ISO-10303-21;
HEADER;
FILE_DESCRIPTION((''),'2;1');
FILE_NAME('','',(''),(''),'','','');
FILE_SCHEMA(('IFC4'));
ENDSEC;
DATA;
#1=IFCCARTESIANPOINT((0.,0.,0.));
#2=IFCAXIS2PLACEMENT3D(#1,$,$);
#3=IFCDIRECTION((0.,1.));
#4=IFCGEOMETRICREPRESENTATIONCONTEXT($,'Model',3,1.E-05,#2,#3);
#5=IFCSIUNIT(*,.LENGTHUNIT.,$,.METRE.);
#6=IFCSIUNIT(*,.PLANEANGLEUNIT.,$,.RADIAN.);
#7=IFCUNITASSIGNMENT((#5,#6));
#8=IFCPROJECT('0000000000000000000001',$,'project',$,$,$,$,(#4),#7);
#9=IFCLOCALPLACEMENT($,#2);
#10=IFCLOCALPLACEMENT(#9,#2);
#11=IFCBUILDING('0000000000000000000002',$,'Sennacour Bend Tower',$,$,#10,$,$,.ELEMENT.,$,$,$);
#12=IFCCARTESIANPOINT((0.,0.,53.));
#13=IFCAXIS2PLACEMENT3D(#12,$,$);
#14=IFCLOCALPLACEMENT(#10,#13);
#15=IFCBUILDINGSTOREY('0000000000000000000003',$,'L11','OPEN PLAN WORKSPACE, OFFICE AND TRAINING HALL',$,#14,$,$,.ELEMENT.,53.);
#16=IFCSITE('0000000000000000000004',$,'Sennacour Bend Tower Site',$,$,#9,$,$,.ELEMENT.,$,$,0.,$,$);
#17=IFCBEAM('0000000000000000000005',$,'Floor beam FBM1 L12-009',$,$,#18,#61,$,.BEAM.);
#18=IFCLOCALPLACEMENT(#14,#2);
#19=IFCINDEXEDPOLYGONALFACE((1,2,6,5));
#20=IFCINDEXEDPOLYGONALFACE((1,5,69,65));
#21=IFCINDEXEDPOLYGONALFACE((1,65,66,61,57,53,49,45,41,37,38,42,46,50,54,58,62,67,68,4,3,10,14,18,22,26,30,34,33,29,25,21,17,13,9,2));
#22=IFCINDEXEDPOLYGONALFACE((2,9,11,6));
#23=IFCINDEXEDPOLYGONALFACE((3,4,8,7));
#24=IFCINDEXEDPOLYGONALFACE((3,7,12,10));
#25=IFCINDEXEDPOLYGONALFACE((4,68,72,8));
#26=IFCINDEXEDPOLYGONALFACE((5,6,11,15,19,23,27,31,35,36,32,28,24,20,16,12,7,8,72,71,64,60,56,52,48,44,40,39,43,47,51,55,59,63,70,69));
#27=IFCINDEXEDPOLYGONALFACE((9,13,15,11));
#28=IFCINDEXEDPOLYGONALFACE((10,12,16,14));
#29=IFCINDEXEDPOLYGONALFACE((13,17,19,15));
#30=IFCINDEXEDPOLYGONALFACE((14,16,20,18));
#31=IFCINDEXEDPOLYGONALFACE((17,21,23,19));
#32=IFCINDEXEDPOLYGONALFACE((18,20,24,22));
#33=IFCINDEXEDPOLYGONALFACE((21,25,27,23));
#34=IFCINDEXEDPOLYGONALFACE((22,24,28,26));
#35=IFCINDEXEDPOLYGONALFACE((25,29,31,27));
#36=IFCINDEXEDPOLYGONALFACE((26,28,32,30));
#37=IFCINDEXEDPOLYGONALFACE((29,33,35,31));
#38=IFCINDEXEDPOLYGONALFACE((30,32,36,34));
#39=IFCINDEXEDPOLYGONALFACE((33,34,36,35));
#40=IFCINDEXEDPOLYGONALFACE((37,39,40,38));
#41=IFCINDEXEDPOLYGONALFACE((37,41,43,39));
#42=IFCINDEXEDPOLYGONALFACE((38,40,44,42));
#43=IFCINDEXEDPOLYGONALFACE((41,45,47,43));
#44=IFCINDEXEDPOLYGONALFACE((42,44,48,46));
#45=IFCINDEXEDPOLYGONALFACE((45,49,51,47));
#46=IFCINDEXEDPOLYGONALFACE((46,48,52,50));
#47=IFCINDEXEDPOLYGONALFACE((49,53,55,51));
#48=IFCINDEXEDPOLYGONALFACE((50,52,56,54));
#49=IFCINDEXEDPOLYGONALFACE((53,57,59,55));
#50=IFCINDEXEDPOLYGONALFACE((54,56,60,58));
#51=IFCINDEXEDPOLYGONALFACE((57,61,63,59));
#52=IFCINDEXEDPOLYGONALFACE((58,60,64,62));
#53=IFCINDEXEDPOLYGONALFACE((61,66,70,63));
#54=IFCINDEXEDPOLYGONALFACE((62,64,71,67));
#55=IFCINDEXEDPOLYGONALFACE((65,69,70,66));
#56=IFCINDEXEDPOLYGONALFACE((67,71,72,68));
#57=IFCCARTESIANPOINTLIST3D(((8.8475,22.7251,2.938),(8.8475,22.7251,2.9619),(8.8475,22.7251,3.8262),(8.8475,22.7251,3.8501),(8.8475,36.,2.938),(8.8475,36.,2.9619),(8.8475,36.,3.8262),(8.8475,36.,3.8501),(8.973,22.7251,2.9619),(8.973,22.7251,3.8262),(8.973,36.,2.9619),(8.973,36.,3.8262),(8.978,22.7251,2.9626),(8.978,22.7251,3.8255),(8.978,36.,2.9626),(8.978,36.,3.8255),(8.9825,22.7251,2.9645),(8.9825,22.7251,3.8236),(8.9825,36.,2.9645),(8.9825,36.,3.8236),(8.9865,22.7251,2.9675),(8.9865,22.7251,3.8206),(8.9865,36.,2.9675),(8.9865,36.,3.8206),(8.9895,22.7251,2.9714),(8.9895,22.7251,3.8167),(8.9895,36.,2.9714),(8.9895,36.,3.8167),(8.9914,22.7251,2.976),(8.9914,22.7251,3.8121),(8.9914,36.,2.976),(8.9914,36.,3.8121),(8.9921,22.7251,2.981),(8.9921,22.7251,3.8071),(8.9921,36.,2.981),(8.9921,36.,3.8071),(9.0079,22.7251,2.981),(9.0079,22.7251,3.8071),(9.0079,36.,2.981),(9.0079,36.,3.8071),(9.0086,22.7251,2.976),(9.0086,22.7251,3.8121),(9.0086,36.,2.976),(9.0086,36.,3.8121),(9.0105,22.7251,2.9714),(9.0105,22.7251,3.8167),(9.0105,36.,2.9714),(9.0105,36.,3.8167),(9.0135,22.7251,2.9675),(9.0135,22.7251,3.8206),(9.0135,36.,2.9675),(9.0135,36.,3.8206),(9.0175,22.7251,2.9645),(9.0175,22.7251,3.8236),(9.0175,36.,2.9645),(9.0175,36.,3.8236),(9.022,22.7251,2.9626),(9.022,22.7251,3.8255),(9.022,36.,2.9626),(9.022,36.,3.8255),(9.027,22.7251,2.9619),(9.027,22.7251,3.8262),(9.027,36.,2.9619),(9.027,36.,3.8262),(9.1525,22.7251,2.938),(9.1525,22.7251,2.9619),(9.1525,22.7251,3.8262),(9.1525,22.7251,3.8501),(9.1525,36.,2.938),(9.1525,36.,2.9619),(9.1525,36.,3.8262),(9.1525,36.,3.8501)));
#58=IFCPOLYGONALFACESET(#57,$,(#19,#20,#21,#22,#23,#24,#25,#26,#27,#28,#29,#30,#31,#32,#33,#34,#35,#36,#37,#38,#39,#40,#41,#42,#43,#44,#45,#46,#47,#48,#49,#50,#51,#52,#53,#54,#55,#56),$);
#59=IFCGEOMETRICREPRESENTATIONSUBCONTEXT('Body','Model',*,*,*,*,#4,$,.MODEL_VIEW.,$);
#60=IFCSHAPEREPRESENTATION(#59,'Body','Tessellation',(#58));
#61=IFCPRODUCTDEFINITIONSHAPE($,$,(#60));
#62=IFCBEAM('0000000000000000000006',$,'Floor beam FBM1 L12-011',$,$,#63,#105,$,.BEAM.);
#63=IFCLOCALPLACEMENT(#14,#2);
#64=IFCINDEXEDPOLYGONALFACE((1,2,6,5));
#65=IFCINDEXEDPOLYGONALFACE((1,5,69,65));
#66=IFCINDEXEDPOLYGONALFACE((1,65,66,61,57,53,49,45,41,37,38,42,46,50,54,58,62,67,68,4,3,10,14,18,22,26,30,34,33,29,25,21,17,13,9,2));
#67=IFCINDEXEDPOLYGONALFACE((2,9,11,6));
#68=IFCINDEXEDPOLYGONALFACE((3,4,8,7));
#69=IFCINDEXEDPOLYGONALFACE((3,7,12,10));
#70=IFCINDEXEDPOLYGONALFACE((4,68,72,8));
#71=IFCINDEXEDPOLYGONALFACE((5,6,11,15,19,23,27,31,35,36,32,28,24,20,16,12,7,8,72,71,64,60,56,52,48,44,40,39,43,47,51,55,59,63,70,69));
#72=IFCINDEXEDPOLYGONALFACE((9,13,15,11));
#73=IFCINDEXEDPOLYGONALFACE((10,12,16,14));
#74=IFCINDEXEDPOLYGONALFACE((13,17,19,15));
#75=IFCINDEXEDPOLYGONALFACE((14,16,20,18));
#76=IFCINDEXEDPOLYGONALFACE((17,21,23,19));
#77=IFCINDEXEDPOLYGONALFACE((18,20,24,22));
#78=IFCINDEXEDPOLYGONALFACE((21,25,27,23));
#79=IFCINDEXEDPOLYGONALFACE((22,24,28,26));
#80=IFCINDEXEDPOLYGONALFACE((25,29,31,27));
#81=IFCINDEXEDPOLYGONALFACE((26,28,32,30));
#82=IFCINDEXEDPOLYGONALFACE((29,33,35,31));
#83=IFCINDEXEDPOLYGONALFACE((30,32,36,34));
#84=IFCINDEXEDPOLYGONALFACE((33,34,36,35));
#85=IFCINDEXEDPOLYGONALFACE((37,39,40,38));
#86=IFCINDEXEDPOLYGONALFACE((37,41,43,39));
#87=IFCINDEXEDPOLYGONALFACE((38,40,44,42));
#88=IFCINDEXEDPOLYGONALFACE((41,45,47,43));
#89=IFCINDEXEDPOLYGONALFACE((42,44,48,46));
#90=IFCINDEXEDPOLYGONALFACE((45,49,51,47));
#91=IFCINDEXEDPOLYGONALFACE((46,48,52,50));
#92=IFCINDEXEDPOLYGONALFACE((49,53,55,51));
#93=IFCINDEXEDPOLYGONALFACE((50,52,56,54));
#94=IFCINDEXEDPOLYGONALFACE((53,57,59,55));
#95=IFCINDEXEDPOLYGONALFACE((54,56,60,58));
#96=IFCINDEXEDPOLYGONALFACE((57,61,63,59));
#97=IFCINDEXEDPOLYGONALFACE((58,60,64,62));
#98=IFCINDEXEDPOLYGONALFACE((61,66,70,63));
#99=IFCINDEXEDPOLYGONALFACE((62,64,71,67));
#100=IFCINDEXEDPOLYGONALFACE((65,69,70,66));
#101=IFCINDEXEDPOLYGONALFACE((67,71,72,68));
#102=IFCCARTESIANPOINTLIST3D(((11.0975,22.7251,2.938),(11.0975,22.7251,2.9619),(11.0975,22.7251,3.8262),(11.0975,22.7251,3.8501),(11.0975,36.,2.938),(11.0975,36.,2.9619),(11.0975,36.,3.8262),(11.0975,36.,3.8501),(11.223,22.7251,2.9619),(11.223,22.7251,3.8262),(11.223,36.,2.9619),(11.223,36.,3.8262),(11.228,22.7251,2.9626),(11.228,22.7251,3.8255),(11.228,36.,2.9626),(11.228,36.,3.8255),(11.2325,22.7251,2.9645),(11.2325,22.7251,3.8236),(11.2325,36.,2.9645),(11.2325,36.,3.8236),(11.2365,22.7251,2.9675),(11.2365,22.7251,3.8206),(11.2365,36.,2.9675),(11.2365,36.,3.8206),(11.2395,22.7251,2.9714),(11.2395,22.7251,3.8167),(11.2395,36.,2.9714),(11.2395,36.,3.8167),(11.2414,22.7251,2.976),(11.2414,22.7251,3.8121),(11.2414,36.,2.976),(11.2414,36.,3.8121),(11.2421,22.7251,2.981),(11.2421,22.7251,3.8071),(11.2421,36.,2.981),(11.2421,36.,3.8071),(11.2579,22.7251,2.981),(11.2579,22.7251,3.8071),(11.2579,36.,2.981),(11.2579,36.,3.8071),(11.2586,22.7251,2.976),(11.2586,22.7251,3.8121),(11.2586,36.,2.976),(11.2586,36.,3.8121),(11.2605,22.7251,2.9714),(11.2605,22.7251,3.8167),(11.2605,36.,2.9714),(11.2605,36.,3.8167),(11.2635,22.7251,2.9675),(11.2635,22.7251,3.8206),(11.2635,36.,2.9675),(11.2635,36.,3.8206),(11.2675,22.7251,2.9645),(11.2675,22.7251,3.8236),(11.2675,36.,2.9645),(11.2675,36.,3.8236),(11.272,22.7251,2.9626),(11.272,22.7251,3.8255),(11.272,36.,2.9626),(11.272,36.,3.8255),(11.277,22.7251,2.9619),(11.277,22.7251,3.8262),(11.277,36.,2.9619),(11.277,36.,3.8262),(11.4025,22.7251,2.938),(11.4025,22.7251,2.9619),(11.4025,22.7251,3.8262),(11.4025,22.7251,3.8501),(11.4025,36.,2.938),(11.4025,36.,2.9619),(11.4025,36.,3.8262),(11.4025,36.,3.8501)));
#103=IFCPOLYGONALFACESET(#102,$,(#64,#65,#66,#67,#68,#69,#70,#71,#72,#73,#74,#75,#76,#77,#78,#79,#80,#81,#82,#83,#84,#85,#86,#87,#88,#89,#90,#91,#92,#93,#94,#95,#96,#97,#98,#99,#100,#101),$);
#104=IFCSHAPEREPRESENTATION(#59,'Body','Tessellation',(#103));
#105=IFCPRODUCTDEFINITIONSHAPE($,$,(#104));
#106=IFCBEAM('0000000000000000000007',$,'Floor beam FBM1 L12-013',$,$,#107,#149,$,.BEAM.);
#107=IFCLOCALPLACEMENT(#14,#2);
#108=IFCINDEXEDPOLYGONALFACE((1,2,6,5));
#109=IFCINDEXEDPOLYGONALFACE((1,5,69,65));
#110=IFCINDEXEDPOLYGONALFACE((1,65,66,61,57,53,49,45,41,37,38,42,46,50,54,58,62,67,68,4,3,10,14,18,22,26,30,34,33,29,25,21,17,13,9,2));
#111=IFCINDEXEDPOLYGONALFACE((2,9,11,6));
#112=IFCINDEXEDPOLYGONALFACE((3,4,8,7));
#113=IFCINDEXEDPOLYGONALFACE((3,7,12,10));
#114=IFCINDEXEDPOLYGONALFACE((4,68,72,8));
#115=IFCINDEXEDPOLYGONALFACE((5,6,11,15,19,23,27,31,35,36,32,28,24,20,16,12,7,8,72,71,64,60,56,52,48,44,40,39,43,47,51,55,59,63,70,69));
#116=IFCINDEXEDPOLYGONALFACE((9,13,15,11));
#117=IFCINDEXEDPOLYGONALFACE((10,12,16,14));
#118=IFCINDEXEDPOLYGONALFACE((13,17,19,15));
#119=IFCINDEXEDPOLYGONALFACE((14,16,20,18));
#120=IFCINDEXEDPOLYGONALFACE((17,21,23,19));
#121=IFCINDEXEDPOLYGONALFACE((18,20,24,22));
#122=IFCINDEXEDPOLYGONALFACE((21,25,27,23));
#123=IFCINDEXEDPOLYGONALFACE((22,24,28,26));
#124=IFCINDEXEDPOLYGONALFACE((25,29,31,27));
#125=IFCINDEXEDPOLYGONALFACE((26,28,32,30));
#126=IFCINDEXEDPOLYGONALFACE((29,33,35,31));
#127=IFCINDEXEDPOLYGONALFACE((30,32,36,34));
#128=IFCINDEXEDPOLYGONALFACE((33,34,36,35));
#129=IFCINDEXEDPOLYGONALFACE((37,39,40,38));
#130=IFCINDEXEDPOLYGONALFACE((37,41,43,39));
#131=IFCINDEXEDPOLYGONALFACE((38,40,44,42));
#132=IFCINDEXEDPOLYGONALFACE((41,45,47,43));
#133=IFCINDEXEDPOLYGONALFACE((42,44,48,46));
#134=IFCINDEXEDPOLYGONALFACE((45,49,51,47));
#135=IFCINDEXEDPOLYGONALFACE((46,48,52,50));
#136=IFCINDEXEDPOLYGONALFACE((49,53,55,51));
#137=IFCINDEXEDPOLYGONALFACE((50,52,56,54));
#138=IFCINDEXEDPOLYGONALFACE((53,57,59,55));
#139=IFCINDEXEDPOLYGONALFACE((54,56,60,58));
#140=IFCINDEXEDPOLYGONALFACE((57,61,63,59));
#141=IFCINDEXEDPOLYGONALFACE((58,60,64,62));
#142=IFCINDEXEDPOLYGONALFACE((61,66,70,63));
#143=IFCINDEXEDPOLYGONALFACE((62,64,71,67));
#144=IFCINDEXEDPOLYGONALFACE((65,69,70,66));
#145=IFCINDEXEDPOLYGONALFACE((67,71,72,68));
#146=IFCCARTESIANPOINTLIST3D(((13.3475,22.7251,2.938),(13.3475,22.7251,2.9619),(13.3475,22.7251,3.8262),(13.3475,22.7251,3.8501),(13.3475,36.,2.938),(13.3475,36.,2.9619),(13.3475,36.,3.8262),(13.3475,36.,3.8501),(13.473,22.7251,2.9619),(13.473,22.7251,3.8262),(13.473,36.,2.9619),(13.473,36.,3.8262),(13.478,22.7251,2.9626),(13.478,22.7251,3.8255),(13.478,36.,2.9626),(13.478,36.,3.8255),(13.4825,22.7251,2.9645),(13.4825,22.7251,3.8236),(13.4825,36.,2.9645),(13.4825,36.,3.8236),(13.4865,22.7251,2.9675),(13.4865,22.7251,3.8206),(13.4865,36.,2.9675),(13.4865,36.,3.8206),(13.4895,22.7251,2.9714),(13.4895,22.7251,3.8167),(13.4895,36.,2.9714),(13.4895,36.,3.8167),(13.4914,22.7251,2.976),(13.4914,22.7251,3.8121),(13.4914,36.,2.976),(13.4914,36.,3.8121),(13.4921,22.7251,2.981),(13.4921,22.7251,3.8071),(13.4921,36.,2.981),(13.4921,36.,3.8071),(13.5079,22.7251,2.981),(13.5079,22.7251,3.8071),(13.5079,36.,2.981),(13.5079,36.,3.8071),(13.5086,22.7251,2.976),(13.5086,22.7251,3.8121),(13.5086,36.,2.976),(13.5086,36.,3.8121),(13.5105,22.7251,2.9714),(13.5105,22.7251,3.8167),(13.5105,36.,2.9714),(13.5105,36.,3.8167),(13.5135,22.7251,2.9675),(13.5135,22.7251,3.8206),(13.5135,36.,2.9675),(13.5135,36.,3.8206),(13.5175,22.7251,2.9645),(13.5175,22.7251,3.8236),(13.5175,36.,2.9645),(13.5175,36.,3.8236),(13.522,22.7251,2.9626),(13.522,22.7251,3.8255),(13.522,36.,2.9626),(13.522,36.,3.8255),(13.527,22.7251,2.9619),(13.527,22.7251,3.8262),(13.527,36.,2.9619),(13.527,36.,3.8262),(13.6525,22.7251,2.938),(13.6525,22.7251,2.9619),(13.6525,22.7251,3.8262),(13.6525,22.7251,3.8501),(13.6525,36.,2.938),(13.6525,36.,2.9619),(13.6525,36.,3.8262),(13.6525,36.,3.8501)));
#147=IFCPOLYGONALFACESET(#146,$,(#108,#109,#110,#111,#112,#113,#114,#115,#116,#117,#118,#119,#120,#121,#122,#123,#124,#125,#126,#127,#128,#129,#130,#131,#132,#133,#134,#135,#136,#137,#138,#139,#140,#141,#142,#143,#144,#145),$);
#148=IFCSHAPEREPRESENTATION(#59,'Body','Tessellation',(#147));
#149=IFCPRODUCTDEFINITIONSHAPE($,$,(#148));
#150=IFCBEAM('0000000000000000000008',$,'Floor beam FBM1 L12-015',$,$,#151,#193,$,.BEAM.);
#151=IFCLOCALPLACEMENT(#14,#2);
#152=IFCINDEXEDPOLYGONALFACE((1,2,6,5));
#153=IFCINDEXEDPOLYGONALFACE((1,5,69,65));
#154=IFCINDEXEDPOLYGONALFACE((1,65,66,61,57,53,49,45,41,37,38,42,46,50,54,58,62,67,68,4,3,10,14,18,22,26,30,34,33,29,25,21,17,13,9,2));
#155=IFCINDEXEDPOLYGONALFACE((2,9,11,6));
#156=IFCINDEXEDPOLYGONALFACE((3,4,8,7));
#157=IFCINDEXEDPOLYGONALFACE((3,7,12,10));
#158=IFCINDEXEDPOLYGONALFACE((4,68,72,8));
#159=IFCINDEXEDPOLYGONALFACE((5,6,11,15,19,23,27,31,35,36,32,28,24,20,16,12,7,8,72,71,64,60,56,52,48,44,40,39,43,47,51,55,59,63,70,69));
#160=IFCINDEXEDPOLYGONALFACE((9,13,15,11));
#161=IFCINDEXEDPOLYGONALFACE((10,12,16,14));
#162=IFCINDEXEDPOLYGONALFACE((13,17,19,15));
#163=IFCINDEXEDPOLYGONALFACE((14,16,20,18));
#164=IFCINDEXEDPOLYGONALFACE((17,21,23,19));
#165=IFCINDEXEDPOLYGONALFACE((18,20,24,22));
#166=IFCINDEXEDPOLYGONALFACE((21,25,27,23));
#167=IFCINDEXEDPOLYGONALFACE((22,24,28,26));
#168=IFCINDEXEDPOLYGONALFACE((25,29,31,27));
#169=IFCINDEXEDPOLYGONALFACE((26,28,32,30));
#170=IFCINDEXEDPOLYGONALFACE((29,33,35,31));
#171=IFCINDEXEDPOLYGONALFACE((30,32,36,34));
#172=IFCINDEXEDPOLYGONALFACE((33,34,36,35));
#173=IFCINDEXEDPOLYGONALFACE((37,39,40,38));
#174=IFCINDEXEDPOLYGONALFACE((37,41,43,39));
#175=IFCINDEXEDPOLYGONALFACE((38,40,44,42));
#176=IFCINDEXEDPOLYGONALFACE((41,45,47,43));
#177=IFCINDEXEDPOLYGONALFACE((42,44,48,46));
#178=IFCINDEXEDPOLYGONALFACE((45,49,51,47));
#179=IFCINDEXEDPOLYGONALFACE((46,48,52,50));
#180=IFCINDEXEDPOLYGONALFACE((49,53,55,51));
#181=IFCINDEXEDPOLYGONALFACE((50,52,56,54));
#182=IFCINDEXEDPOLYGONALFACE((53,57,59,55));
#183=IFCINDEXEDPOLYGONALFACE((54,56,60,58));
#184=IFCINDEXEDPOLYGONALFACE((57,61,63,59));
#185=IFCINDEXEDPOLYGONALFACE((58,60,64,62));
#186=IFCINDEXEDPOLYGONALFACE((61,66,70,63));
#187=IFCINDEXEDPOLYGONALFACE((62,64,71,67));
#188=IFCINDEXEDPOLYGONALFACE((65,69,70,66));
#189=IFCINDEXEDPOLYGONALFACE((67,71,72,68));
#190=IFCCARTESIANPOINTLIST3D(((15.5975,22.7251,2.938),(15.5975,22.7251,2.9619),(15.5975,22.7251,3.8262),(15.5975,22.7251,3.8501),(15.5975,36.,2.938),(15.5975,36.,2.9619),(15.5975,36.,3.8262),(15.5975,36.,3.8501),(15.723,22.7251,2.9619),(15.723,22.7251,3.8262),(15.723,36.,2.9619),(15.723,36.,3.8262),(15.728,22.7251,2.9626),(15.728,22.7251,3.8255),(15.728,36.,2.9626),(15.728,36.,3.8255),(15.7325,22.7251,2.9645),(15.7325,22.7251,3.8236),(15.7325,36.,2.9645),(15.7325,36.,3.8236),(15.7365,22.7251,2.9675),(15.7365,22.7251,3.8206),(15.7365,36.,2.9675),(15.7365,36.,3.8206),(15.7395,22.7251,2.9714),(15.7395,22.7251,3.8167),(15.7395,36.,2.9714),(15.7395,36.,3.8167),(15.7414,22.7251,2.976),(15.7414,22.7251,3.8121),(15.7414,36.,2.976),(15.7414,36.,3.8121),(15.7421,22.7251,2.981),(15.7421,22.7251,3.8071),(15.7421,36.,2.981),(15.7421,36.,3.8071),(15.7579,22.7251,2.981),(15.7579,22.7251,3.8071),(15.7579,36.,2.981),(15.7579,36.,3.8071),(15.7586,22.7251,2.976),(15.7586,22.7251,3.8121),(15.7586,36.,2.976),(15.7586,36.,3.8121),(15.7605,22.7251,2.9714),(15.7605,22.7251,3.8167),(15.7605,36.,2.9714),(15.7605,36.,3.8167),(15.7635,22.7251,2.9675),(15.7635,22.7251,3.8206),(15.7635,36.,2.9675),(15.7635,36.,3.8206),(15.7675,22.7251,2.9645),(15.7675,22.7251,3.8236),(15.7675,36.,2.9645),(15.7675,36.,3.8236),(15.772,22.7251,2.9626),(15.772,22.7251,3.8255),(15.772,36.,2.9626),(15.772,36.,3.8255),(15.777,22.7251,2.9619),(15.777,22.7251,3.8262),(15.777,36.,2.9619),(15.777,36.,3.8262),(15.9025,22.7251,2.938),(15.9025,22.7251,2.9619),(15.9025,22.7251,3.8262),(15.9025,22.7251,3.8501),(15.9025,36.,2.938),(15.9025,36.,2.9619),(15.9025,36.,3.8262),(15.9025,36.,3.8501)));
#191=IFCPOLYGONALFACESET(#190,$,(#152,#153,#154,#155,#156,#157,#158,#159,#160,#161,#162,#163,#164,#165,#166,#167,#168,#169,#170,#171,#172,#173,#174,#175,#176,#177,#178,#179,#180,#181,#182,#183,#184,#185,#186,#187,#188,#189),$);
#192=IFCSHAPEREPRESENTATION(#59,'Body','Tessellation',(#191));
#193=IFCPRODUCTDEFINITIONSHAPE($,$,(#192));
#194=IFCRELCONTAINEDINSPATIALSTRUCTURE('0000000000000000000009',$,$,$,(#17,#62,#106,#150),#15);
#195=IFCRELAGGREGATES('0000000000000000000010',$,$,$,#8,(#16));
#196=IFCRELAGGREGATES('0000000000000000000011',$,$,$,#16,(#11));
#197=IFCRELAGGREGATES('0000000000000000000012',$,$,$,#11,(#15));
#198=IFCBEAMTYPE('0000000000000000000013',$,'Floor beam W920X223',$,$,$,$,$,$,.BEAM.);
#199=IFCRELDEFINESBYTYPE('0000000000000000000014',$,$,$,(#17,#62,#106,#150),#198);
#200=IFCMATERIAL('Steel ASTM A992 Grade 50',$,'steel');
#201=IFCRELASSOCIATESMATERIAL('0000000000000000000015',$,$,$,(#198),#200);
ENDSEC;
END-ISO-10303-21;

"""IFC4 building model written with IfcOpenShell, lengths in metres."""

from ifc_helpers import new_model, si_unit, direction, frame, origin, origin_2d, place, context, subcontext, project, spatial, i_section, extrude, material, material_profile, profile_set, type_object, element, save


model = new_model("IFC4")

# Units and contexts
model_context = context("Model", 3, precision=1e-05, world=origin(), true_north=direction((0.0, 1.0)))
body_context = subcontext(model_context, "Body", "Model", "MODEL_VIEW")
ifc_project = project(units=[si_unit("LENGTHUNIT", "METRE"), si_unit("PLANEANGLEUNIT", "RADIAN")], contexts=[model_context])

# Site, building, storey
site_placement = place(None, origin())
site = spatial("IfcSite", under=ifc_project, at=site_placement, Name="Sennacour Bend Tower Site", CompositionType="ELEMENT", RefElevation=0.0)
building_placement = place(site_placement, origin())
building = spatial("IfcBuilding", under=site, at=building_placement, Name="Sennacour Bend Tower", CompositionType="ELEMENT")
storey_placement = place(building_placement, frame((0.0, 0.0, 53.0)))
storey = spatial("IfcBuildingStorey", under=building, at=storey_placement, Name="L11", Description="OPEN PLAN WORKSPACE, OFFICE AND TRAINING HALL", CompositionType="ELEMENT", Elevation=53.0)

# Beams
ifc_material_1 = material(Name="Steel ASTM A992 Grade 50", Category="steel")
ifc_material_profile = material_profile(ifc_material_1, i_section(OverallWidth=0.3049, OverallDepth=0.9121, WebThickness=0.0159, FlangeThickness=0.0239, FilletRadius=0.019, at=origin_2d()), Name="Steel ASTM A992 Grade 50", Category="steel")
ifc_profile_set = profile_set([ifc_material_profile], Name="Steel ASTM A992 Grade 50")
beam_type = type_object("IfcBeamType", Name="Floor beam W920X223", PredefinedType="BEAM", material=ifc_profile_set)
for number, where, z_axis, x_axis, name in (
    (1, (9.0, 22.7251, 3.394), (0.0, 1.0, 0.0), (-1.0, 0.0, 0.0), "Floor beam FBM1 L12-009"),
    (2, (11.25, 22.7251, 3.394), (0.0, 1.0, 0.0), (-1.0, 0.0, 0.0), "Floor beam FBM1 L12-011"),
    (3, (13.5, 22.7251, 3.394), (0.0, 1.0, 0.0), (-1.0, 0.0, 0.0), "Floor beam FBM1 L12-013"),
    (4, (15.75, 22.7251, 3.394), (0.0, 1.0, 0.0), (-1.0, 0.0, 0.0), "Floor beam FBM1 L12-015"),
):
    element("IfcBeam", number, at=place(storey_placement, frame(where, z_axis=z_axis, x_axis=x_axis)), inside=storey, type_object=beam_type, Name=name, PredefinedType="BEAM", context=body_context, shape_type="SweptSolid", body=[
        extrude(i_section(OverallWidth=0.3049, OverallDepth=0.9121, WebThickness=0.0159, FlangeThickness=0.0239, FilletRadius=0.019, at=origin_2d()), origin(), (0.0, 0.0, 1.0), 13.2749),
    ])

save(model, "model.ifc")
